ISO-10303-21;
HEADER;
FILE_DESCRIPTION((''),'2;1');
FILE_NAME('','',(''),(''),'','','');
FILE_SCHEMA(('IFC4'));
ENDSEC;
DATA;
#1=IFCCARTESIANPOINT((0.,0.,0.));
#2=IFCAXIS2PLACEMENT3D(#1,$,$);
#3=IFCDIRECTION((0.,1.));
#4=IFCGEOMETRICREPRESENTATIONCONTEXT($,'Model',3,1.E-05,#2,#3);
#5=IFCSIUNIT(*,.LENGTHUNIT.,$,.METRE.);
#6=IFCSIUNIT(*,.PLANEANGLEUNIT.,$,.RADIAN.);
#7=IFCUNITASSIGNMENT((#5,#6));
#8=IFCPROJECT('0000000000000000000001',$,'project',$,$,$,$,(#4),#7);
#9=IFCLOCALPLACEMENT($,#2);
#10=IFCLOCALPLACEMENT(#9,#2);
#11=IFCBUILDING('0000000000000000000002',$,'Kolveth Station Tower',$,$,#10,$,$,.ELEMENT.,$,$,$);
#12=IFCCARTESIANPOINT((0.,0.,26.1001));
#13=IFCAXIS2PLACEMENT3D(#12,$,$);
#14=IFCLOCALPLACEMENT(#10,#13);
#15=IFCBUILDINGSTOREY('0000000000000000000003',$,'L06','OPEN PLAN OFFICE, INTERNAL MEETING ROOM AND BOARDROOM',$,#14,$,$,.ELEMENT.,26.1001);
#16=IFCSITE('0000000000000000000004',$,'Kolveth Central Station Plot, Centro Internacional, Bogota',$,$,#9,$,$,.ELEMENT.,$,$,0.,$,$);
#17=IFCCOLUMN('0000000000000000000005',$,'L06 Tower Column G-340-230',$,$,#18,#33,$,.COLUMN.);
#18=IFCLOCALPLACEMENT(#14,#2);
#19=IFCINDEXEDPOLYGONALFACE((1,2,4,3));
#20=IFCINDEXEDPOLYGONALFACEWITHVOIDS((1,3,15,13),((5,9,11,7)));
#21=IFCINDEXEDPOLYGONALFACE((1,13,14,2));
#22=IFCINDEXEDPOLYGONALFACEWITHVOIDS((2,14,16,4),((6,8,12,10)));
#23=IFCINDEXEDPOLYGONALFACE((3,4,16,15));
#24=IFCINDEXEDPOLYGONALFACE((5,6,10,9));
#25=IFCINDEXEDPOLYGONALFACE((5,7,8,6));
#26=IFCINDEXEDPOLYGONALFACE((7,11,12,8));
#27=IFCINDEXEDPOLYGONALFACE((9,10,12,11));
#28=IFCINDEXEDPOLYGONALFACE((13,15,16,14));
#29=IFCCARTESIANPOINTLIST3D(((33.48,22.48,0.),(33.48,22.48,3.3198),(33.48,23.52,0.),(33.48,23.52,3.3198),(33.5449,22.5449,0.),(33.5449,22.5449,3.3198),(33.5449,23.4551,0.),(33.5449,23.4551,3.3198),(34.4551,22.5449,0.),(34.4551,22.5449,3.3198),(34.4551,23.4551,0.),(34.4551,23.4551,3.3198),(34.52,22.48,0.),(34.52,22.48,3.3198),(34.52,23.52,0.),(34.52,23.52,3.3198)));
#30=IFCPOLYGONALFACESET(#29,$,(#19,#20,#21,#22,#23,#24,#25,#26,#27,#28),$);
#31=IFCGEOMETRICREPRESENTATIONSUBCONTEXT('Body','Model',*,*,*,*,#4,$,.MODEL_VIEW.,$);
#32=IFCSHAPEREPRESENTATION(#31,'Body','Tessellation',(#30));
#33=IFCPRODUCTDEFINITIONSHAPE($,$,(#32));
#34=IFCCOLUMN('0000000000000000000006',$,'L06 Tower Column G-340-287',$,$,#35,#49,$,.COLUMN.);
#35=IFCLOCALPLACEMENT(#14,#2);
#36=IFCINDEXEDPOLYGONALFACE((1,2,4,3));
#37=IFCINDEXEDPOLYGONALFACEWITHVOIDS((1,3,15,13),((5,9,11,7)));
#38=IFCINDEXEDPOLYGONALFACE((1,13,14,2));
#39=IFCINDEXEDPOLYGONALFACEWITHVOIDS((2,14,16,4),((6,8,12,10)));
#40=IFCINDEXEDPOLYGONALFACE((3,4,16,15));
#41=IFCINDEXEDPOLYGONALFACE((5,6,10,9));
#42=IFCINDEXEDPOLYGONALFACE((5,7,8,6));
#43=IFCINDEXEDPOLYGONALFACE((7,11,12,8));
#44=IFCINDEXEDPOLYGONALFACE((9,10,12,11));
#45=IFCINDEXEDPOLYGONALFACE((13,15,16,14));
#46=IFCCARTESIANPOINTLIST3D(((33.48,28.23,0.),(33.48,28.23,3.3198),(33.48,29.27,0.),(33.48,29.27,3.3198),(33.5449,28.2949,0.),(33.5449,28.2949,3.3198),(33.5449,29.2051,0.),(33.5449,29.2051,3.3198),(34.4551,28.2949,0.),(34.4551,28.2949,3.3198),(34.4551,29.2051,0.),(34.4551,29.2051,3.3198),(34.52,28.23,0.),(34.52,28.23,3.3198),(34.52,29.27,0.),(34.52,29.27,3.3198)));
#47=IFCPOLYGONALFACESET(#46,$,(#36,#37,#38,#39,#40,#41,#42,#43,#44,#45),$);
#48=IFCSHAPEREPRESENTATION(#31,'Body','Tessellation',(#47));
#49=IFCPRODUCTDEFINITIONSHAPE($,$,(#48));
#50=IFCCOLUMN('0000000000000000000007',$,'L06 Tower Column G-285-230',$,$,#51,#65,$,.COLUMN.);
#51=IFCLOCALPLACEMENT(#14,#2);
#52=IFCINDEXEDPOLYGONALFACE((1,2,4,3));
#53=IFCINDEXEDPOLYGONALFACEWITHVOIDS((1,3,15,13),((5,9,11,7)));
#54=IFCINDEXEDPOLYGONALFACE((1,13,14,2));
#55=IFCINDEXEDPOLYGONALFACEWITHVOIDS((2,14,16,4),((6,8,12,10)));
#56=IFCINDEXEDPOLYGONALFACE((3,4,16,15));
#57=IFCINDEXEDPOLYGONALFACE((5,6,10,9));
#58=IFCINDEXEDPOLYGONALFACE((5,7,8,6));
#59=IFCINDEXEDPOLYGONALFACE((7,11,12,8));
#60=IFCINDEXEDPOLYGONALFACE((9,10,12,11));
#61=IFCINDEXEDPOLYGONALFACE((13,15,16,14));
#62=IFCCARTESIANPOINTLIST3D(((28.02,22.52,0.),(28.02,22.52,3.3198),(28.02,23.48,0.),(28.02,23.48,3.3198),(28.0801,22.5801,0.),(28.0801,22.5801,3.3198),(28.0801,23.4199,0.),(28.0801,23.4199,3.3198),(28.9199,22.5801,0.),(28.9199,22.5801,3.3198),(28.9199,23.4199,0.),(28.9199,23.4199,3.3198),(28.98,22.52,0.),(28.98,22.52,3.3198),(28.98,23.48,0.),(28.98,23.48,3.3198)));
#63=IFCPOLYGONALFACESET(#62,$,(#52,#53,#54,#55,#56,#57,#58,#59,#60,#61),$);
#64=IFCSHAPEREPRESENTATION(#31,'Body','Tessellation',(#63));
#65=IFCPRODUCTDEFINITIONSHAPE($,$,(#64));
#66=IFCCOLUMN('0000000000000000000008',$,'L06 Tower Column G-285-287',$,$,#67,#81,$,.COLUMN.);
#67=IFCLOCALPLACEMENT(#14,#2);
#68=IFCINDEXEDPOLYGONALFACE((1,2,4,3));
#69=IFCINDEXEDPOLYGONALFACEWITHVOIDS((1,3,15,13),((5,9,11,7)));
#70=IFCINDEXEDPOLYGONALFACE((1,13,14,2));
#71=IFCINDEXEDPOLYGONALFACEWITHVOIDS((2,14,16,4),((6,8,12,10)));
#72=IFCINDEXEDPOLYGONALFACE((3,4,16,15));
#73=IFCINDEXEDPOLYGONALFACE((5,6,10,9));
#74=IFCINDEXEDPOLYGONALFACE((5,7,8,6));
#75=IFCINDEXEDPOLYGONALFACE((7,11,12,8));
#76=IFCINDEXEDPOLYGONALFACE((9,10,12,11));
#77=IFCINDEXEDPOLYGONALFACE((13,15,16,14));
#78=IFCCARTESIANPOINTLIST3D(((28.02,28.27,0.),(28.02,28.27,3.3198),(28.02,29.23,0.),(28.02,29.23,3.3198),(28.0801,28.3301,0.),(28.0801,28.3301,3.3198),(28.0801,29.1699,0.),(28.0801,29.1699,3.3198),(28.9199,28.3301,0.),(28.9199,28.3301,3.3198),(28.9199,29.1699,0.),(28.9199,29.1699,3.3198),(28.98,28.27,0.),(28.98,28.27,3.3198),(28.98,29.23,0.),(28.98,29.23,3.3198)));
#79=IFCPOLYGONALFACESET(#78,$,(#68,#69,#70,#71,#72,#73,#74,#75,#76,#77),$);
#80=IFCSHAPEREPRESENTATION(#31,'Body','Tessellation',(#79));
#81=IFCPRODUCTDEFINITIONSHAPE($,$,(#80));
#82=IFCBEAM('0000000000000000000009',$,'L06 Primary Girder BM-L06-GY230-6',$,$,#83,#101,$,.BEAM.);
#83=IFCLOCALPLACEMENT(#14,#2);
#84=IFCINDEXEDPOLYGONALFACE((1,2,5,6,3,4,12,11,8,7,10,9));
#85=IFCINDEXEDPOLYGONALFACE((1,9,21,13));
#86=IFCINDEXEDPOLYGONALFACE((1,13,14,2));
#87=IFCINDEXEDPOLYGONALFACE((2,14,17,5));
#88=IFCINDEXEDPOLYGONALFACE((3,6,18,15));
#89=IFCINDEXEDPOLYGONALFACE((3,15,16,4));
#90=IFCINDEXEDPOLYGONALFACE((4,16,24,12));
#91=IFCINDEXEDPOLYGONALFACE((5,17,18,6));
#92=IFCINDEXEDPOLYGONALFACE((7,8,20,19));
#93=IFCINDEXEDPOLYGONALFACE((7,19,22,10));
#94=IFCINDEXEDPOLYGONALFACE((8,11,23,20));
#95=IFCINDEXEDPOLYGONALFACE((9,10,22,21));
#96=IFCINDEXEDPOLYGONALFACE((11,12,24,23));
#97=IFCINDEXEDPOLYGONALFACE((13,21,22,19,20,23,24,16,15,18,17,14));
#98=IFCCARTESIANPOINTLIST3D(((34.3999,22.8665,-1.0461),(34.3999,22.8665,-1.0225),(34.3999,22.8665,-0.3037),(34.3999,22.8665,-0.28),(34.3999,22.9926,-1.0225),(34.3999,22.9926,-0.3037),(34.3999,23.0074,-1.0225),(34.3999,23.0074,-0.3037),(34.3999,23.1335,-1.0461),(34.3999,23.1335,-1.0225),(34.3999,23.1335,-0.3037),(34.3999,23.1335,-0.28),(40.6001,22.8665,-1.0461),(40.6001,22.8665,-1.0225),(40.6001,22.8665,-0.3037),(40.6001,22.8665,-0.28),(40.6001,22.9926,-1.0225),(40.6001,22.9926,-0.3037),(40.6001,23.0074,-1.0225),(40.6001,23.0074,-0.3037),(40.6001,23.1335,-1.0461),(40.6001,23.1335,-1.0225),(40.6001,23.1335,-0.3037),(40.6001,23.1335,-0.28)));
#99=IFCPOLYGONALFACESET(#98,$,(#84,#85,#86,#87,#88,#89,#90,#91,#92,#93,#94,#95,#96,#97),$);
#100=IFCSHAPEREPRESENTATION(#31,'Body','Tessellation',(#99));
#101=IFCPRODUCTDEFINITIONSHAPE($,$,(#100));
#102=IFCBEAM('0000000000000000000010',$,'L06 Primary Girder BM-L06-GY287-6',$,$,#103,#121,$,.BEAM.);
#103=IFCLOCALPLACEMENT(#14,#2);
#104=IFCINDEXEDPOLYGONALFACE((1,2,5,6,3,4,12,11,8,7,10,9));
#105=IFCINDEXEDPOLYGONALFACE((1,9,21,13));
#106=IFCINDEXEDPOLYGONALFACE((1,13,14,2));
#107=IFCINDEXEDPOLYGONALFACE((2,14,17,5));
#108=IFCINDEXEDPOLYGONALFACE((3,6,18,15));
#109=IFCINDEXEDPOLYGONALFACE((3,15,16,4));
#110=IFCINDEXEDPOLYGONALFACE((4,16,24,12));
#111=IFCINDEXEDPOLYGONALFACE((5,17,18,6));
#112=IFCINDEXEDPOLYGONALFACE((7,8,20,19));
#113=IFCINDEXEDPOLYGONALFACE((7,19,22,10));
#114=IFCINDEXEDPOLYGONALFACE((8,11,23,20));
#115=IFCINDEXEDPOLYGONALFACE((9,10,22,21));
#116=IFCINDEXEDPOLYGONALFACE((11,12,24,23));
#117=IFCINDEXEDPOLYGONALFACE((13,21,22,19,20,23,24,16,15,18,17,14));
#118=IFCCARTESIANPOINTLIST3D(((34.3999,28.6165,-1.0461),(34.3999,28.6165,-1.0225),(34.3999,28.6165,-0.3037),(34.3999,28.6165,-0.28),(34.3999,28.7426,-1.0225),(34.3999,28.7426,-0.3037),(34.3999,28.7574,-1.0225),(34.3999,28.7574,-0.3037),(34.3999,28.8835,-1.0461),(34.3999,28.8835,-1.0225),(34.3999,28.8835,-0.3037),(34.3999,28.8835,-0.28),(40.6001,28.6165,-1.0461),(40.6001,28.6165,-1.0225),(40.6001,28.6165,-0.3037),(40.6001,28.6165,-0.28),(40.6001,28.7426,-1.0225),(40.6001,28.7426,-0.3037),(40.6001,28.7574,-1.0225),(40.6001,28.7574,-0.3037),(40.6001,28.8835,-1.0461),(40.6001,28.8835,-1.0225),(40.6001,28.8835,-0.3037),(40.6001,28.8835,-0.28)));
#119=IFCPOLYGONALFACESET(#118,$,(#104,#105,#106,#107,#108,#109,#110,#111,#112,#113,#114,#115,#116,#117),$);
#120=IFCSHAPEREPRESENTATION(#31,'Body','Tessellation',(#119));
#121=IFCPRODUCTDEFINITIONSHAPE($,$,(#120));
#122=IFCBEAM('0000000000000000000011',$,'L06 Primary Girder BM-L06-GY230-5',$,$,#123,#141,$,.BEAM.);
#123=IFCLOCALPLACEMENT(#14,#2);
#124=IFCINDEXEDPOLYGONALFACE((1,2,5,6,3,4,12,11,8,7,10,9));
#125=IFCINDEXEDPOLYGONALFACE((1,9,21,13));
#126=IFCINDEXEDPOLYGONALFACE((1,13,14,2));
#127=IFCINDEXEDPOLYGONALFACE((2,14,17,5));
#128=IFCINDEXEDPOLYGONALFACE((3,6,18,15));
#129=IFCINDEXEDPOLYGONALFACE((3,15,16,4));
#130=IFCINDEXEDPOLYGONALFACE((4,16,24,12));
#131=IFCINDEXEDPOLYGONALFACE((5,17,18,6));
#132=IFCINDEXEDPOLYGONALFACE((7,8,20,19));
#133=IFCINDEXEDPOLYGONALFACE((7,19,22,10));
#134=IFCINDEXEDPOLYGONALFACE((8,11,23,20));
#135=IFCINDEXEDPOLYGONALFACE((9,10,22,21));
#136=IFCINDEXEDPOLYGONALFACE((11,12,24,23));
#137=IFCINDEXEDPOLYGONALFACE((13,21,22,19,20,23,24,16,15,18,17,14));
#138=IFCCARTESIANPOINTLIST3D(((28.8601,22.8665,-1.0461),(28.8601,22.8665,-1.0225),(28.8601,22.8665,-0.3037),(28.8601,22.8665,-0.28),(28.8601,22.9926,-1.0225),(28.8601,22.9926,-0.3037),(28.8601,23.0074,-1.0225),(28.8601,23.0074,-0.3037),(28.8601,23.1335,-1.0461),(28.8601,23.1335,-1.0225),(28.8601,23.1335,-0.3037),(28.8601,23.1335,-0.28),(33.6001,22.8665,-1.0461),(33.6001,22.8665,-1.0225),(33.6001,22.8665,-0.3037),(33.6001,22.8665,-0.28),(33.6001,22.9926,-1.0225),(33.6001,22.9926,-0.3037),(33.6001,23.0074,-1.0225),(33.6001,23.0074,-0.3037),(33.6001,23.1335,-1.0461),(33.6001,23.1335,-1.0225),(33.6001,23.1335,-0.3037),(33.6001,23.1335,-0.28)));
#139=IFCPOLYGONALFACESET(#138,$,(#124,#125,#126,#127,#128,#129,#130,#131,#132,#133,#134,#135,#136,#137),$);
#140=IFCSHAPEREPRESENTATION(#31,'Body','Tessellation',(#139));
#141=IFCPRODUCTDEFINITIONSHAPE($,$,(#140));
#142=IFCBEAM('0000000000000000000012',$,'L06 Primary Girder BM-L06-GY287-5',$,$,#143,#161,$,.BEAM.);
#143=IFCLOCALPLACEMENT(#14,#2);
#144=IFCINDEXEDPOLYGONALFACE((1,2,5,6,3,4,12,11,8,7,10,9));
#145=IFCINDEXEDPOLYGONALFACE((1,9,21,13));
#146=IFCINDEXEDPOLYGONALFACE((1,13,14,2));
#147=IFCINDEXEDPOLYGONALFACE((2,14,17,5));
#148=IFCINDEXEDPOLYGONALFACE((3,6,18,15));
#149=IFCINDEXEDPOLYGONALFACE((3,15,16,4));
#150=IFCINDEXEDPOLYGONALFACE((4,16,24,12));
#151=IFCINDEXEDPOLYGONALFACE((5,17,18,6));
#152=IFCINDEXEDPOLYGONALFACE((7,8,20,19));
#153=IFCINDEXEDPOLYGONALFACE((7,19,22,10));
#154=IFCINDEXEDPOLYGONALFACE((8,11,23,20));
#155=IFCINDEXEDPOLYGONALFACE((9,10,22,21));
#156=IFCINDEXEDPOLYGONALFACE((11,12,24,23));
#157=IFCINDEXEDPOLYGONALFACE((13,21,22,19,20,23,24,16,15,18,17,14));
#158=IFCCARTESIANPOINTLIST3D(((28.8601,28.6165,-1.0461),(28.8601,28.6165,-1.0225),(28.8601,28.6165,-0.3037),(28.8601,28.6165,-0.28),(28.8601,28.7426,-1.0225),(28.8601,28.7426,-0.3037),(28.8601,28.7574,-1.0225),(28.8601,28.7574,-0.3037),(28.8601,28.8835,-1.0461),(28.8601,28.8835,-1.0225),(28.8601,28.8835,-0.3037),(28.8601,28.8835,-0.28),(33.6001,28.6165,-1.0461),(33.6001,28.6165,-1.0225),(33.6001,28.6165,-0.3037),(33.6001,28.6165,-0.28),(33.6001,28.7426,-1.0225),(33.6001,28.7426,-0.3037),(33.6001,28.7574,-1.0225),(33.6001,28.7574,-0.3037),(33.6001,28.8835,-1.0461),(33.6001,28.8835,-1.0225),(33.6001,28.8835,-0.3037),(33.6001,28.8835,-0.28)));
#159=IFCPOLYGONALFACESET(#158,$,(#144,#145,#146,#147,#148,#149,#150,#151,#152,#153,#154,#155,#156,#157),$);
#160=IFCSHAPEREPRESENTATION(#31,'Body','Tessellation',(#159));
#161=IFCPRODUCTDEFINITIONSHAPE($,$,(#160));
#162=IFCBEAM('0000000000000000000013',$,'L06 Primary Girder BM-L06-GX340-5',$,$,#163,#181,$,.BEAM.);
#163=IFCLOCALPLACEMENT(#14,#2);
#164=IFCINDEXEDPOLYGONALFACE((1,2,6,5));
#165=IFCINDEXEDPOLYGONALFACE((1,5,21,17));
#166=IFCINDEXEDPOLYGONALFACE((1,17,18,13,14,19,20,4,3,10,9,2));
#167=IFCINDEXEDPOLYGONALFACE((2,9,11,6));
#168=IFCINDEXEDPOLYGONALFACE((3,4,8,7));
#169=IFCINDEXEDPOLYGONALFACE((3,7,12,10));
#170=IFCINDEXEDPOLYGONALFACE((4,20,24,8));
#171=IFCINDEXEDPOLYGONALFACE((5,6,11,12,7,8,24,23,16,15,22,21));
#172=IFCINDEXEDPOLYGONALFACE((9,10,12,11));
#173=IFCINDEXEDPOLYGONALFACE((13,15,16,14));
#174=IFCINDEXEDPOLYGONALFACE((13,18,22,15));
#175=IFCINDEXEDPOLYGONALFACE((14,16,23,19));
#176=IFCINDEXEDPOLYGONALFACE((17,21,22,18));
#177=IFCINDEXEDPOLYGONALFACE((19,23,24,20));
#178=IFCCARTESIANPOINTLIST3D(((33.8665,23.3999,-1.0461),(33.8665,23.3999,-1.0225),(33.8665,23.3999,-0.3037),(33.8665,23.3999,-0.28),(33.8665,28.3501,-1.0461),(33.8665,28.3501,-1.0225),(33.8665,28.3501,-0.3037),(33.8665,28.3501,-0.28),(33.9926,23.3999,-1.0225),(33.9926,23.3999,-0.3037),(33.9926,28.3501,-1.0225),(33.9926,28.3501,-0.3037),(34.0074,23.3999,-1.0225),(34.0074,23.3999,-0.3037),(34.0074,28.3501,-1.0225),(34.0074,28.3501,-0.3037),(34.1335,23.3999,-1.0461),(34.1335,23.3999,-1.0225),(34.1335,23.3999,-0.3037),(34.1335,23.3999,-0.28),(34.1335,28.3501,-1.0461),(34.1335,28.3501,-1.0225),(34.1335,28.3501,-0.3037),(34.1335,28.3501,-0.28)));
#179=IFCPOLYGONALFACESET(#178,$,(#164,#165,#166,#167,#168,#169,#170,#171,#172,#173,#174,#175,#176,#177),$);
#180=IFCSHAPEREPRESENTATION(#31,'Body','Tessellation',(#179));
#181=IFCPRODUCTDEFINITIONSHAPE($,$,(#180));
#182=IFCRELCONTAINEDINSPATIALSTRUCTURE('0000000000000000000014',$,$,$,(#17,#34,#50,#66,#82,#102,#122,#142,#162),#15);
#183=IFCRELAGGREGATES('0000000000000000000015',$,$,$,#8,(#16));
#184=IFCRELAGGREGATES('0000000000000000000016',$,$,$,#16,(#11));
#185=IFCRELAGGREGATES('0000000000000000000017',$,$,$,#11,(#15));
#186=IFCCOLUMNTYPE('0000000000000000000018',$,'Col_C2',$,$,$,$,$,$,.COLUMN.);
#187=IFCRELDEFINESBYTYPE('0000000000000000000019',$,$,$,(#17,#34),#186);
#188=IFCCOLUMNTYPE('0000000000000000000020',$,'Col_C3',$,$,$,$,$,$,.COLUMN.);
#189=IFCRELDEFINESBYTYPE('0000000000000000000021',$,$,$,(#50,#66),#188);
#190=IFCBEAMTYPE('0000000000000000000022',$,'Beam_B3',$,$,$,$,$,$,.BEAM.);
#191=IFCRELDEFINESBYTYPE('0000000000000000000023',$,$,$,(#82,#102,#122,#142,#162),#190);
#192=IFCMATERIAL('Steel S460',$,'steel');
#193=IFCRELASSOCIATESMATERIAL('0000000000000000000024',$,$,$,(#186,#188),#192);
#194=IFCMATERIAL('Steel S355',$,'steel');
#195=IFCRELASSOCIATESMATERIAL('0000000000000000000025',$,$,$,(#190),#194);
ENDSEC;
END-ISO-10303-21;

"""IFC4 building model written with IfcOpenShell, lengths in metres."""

from ifc_helpers import new_model, si_unit, direction, frame, origin, origin_2d, place, context, subcontext, project, spatial, hollow_rectangle, i_section, extrude, source, transform, mapped, material, material_profile, profile_set, type_object, element, save


model = new_model("IFC4")

# Units and contexts
model_context = context("Model", 3, precision=1e-05, world=origin(), true_north=direction((0.0, 1.0)))
body_context = subcontext(model_context, "Body", "Model", "MODEL_VIEW")
ifc_project = project(units=[si_unit("LENGTHUNIT", "METRE"), si_unit("PLANEANGLEUNIT", "RADIAN")], contexts=[model_context])

# Site, building, storey
site_placement = place(None, origin())
site = spatial("IfcSite", under=ifc_project, at=site_placement, Name="Kolveth Central Station Plot, Centro Internacional, Bogota", CompositionType="ELEMENT", RefElevation=0.0)
building_placement = place(site_placement, origin())
building = spatial("IfcBuilding", under=site, at=building_placement, Name="Kolveth Station Tower", CompositionType="ELEMENT")
storey_placement = place(building_placement, frame((0.0, 0.0, 26.1001)))
storey = spatial("IfcBuildingStorey", under=building, at=storey_placement, Name="L06", Description="OPEN PLAN OFFICE, INTERNAL MEETING ROOM AND BOARDROOM", CompositionType="ELEMENT", Elevation=26.1001)

# Columns
ifc_material_1 = material(Name="Steel S460", Category="steel")
ifc_material_profile_1 = material_profile(ifc_material_1, hollow_rectangle(XDim=1.04, YDim=1.04, WallThickness=0.0649, at=origin_2d()), Name="BOX1040x1040x65")
ifc_profile_set_1 = profile_set([ifc_material_profile_1], Name="Steel S460")
column_type_1 = type_object("IfcColumnType", Name="Col_C2", PredefinedType="COLUMN", material=ifc_profile_set_1)
shared_shape_1 = source(origin(), body_context, "Body", "SweptSolid", [
    extrude(hollow_rectangle(XDim=1.04, YDim=1.04, WallThickness=0.0649, at=origin_2d()), origin(), (0.0, 0.0, 1.0), 3.3198),
])
for number, where, z_axis, x_axis, name in (
    (1, (34.0, 23.0, 0.0), (0.0, 0.0, 1.0), (1.0, 0.0, 0.0), "L06 Tower Column G-340-230"),
    (2, (34.0, 28.75, 0.0), (0.0, 0.0, 1.0), (1.0, 0.0, 0.0), "L06 Tower Column G-340-287"),
):
    element("IfcColumn", number, at=place(storey_placement, frame(where, z_axis=z_axis, x_axis=x_axis)), inside=storey, type_object=column_type_1, Name=name, PredefinedType="COLUMN", context=body_context, shape_type="MappedRepresentation", body=[
        mapped(shared_shape_1, transform((0.0, 0.0, 0.0), x_axis=(1.0, 0.0, 0.0), y_axis=(0.0, 1.0, 0.0), z_axis=(0.0, 0.0, 1.0), scale=1.0)),
    ])
ifc_material_profile_2 = material_profile(ifc_material_1, hollow_rectangle(XDim=0.96, YDim=0.96, WallThickness=0.0601, at=origin_2d()), Name="BOX960x960x60")
ifc_profile_set_2 = profile_set([ifc_material_profile_2], Name="Steel S460")
column_type_2 = type_object("IfcColumnType", Name="Col_C3", PredefinedType="COLUMN", material=ifc_profile_set_2)
shared_shape_2 = source(origin(), body_context, "Body", "SweptSolid", [
    extrude(hollow_rectangle(XDim=0.96, YDim=0.96, WallThickness=0.0601, at=origin_2d()), origin(), (0.0, 0.0, 1.0), 3.3198),
])
for number, where, z_axis, x_axis, name in (
    (3, (28.5, 23.0, 0.0), (0.0, 0.0, 1.0), (1.0, 0.0, 0.0), "L06 Tower Column G-285-230"),
    (4, (28.5, 28.75, 0.0), (0.0, 0.0, 1.0), (1.0, 0.0, 0.0), "L06 Tower Column G-285-287"),
):
    element("IfcColumn", number, at=place(storey_placement, frame(where, z_axis=z_axis, x_axis=x_axis)), inside=storey, type_object=column_type_2, Name=name, PredefinedType="COLUMN", context=body_context, shape_type="MappedRepresentation", body=[
        mapped(shared_shape_2, transform((0.0, 0.0, 0.0), x_axis=(1.0, 0.0, 0.0), y_axis=(0.0, 1.0, 0.0), z_axis=(0.0, 0.0, 1.0), scale=1.0)),
    ])

# Beams
ifc_material_2 = material(Name="Steel S355", Category="steel")
ifc_material_profile_3 = material_profile(ifc_material_2, i_section(OverallWidth=0.2671, OverallDepth=0.7661, WebThickness=0.0149, FlangeThickness=0.0237, at=origin_2d()), Name="W760x185")
ifc_profile_set_3 = profile_set([ifc_material_profile_3], Name="Steel S355")
beam_type_1 = type_object("IfcBeamType", Name="Beam_B3", PredefinedType="BEAM", material=ifc_profile_set_3)
shared_shape_3 = source(origin(), body_context, "Body", "SweptSolid", [
    extrude(i_section(OverallWidth=0.2671, OverallDepth=0.7661, WebThickness=0.0149, FlangeThickness=0.0237, at=origin_2d()), origin(), (0.0, 0.0, 1.0), 6.2002),
])
for number, where, z_axis, x_axis, name in (
    (5, (34.3999, 23.0, -0.6631), (1.0, 0.0, 0.0), (0.0, 1.0, 0.0), "L06 Primary Girder BM-L06-GY230-6"),
    (6, (34.3999, 28.75, -0.6631), (1.0, 0.0, 0.0), (0.0, 1.0, 0.0), "L06 Primary Girder BM-L06-GY287-6"),
):
    element("IfcBeam", number, at=place(storey_placement, frame(where, z_axis=z_axis, x_axis=x_axis)), inside=storey, type_object=beam_type_1, Name=name, PredefinedType="BEAM", context=body_context, shape_type="MappedRepresentation", body=[
        mapped(shared_shape_3, transform((0.0, 0.0, 0.0), x_axis=(1.0, 0.0, 0.0), y_axis=(0.0, 1.0, 0.0), z_axis=(0.0, 0.0, 1.0), scale=1.0)),
    ])
shared_shape_4 = source(origin(), body_context, "Body", "SweptSolid", [
    extrude(i_section(OverallWidth=0.2671, OverallDepth=0.7661, WebThickness=0.0149, FlangeThickness=0.0237, at=origin_2d()), origin(), (0.0, 0.0, 1.0), 4.74),
])
for number, where, z_axis, x_axis, name in (
    (7, (28.8601, 23.0, -0.6631), (1.0, 0.0, 0.0), (0.0, 1.0, 0.0), "L06 Primary Girder BM-L06-GY230-5"),
    (8, (28.8601, 28.75, -0.6631), (1.0, 0.0, 0.0), (0.0, 1.0, 0.0), "L06 Primary Girder BM-L06-GY287-5"),
):
    element("IfcBeam", number, at=place(storey_placement, frame(where, z_axis=z_axis, x_axis=x_axis)), inside=storey, type_object=beam_type_1, Name=name, PredefinedType="BEAM", context=body_context, shape_type="MappedRepresentation", body=[
        mapped(shared_shape_4, transform((0.0, 0.0, 0.0), x_axis=(1.0, 0.0, 0.0), y_axis=(0.0, 1.0, 0.0), z_axis=(0.0, 0.0, 1.0), scale=1.0)),
    ])
shared_shape_5 = source(origin(), body_context, "Body", "SweptSolid", [
    extrude(i_section(OverallWidth=0.2671, OverallDepth=0.7661, WebThickness=0.0149, FlangeThickness=0.0237, at=origin_2d()), origin(), (0.0, 0.0, 1.0), 4.9502),
])
beam_1_placement = place(storey_placement, frame((34.0, 23.3999, -0.6631), z_axis=(0.0, 1.0, 0.0), x_axis=(-1.0, 0.0, 0.0)))
element("IfcBeam", 9, at=beam_1_placement, inside=storey, type_object=beam_type_1, Name="L06 Primary Girder BM-L06-GX340-5", PredefinedType="BEAM", context=body_context, shape_type="MappedRepresentation", body=[
    mapped(shared_shape_5, transform((0.0, 0.0, 0.0), x_axis=(1.0, 0.0, 0.0), y_axis=(0.0, 1.0, 0.0), z_axis=(0.0, 0.0, 1.0), scale=1.0)),
])

save(model, "model.ifc")
